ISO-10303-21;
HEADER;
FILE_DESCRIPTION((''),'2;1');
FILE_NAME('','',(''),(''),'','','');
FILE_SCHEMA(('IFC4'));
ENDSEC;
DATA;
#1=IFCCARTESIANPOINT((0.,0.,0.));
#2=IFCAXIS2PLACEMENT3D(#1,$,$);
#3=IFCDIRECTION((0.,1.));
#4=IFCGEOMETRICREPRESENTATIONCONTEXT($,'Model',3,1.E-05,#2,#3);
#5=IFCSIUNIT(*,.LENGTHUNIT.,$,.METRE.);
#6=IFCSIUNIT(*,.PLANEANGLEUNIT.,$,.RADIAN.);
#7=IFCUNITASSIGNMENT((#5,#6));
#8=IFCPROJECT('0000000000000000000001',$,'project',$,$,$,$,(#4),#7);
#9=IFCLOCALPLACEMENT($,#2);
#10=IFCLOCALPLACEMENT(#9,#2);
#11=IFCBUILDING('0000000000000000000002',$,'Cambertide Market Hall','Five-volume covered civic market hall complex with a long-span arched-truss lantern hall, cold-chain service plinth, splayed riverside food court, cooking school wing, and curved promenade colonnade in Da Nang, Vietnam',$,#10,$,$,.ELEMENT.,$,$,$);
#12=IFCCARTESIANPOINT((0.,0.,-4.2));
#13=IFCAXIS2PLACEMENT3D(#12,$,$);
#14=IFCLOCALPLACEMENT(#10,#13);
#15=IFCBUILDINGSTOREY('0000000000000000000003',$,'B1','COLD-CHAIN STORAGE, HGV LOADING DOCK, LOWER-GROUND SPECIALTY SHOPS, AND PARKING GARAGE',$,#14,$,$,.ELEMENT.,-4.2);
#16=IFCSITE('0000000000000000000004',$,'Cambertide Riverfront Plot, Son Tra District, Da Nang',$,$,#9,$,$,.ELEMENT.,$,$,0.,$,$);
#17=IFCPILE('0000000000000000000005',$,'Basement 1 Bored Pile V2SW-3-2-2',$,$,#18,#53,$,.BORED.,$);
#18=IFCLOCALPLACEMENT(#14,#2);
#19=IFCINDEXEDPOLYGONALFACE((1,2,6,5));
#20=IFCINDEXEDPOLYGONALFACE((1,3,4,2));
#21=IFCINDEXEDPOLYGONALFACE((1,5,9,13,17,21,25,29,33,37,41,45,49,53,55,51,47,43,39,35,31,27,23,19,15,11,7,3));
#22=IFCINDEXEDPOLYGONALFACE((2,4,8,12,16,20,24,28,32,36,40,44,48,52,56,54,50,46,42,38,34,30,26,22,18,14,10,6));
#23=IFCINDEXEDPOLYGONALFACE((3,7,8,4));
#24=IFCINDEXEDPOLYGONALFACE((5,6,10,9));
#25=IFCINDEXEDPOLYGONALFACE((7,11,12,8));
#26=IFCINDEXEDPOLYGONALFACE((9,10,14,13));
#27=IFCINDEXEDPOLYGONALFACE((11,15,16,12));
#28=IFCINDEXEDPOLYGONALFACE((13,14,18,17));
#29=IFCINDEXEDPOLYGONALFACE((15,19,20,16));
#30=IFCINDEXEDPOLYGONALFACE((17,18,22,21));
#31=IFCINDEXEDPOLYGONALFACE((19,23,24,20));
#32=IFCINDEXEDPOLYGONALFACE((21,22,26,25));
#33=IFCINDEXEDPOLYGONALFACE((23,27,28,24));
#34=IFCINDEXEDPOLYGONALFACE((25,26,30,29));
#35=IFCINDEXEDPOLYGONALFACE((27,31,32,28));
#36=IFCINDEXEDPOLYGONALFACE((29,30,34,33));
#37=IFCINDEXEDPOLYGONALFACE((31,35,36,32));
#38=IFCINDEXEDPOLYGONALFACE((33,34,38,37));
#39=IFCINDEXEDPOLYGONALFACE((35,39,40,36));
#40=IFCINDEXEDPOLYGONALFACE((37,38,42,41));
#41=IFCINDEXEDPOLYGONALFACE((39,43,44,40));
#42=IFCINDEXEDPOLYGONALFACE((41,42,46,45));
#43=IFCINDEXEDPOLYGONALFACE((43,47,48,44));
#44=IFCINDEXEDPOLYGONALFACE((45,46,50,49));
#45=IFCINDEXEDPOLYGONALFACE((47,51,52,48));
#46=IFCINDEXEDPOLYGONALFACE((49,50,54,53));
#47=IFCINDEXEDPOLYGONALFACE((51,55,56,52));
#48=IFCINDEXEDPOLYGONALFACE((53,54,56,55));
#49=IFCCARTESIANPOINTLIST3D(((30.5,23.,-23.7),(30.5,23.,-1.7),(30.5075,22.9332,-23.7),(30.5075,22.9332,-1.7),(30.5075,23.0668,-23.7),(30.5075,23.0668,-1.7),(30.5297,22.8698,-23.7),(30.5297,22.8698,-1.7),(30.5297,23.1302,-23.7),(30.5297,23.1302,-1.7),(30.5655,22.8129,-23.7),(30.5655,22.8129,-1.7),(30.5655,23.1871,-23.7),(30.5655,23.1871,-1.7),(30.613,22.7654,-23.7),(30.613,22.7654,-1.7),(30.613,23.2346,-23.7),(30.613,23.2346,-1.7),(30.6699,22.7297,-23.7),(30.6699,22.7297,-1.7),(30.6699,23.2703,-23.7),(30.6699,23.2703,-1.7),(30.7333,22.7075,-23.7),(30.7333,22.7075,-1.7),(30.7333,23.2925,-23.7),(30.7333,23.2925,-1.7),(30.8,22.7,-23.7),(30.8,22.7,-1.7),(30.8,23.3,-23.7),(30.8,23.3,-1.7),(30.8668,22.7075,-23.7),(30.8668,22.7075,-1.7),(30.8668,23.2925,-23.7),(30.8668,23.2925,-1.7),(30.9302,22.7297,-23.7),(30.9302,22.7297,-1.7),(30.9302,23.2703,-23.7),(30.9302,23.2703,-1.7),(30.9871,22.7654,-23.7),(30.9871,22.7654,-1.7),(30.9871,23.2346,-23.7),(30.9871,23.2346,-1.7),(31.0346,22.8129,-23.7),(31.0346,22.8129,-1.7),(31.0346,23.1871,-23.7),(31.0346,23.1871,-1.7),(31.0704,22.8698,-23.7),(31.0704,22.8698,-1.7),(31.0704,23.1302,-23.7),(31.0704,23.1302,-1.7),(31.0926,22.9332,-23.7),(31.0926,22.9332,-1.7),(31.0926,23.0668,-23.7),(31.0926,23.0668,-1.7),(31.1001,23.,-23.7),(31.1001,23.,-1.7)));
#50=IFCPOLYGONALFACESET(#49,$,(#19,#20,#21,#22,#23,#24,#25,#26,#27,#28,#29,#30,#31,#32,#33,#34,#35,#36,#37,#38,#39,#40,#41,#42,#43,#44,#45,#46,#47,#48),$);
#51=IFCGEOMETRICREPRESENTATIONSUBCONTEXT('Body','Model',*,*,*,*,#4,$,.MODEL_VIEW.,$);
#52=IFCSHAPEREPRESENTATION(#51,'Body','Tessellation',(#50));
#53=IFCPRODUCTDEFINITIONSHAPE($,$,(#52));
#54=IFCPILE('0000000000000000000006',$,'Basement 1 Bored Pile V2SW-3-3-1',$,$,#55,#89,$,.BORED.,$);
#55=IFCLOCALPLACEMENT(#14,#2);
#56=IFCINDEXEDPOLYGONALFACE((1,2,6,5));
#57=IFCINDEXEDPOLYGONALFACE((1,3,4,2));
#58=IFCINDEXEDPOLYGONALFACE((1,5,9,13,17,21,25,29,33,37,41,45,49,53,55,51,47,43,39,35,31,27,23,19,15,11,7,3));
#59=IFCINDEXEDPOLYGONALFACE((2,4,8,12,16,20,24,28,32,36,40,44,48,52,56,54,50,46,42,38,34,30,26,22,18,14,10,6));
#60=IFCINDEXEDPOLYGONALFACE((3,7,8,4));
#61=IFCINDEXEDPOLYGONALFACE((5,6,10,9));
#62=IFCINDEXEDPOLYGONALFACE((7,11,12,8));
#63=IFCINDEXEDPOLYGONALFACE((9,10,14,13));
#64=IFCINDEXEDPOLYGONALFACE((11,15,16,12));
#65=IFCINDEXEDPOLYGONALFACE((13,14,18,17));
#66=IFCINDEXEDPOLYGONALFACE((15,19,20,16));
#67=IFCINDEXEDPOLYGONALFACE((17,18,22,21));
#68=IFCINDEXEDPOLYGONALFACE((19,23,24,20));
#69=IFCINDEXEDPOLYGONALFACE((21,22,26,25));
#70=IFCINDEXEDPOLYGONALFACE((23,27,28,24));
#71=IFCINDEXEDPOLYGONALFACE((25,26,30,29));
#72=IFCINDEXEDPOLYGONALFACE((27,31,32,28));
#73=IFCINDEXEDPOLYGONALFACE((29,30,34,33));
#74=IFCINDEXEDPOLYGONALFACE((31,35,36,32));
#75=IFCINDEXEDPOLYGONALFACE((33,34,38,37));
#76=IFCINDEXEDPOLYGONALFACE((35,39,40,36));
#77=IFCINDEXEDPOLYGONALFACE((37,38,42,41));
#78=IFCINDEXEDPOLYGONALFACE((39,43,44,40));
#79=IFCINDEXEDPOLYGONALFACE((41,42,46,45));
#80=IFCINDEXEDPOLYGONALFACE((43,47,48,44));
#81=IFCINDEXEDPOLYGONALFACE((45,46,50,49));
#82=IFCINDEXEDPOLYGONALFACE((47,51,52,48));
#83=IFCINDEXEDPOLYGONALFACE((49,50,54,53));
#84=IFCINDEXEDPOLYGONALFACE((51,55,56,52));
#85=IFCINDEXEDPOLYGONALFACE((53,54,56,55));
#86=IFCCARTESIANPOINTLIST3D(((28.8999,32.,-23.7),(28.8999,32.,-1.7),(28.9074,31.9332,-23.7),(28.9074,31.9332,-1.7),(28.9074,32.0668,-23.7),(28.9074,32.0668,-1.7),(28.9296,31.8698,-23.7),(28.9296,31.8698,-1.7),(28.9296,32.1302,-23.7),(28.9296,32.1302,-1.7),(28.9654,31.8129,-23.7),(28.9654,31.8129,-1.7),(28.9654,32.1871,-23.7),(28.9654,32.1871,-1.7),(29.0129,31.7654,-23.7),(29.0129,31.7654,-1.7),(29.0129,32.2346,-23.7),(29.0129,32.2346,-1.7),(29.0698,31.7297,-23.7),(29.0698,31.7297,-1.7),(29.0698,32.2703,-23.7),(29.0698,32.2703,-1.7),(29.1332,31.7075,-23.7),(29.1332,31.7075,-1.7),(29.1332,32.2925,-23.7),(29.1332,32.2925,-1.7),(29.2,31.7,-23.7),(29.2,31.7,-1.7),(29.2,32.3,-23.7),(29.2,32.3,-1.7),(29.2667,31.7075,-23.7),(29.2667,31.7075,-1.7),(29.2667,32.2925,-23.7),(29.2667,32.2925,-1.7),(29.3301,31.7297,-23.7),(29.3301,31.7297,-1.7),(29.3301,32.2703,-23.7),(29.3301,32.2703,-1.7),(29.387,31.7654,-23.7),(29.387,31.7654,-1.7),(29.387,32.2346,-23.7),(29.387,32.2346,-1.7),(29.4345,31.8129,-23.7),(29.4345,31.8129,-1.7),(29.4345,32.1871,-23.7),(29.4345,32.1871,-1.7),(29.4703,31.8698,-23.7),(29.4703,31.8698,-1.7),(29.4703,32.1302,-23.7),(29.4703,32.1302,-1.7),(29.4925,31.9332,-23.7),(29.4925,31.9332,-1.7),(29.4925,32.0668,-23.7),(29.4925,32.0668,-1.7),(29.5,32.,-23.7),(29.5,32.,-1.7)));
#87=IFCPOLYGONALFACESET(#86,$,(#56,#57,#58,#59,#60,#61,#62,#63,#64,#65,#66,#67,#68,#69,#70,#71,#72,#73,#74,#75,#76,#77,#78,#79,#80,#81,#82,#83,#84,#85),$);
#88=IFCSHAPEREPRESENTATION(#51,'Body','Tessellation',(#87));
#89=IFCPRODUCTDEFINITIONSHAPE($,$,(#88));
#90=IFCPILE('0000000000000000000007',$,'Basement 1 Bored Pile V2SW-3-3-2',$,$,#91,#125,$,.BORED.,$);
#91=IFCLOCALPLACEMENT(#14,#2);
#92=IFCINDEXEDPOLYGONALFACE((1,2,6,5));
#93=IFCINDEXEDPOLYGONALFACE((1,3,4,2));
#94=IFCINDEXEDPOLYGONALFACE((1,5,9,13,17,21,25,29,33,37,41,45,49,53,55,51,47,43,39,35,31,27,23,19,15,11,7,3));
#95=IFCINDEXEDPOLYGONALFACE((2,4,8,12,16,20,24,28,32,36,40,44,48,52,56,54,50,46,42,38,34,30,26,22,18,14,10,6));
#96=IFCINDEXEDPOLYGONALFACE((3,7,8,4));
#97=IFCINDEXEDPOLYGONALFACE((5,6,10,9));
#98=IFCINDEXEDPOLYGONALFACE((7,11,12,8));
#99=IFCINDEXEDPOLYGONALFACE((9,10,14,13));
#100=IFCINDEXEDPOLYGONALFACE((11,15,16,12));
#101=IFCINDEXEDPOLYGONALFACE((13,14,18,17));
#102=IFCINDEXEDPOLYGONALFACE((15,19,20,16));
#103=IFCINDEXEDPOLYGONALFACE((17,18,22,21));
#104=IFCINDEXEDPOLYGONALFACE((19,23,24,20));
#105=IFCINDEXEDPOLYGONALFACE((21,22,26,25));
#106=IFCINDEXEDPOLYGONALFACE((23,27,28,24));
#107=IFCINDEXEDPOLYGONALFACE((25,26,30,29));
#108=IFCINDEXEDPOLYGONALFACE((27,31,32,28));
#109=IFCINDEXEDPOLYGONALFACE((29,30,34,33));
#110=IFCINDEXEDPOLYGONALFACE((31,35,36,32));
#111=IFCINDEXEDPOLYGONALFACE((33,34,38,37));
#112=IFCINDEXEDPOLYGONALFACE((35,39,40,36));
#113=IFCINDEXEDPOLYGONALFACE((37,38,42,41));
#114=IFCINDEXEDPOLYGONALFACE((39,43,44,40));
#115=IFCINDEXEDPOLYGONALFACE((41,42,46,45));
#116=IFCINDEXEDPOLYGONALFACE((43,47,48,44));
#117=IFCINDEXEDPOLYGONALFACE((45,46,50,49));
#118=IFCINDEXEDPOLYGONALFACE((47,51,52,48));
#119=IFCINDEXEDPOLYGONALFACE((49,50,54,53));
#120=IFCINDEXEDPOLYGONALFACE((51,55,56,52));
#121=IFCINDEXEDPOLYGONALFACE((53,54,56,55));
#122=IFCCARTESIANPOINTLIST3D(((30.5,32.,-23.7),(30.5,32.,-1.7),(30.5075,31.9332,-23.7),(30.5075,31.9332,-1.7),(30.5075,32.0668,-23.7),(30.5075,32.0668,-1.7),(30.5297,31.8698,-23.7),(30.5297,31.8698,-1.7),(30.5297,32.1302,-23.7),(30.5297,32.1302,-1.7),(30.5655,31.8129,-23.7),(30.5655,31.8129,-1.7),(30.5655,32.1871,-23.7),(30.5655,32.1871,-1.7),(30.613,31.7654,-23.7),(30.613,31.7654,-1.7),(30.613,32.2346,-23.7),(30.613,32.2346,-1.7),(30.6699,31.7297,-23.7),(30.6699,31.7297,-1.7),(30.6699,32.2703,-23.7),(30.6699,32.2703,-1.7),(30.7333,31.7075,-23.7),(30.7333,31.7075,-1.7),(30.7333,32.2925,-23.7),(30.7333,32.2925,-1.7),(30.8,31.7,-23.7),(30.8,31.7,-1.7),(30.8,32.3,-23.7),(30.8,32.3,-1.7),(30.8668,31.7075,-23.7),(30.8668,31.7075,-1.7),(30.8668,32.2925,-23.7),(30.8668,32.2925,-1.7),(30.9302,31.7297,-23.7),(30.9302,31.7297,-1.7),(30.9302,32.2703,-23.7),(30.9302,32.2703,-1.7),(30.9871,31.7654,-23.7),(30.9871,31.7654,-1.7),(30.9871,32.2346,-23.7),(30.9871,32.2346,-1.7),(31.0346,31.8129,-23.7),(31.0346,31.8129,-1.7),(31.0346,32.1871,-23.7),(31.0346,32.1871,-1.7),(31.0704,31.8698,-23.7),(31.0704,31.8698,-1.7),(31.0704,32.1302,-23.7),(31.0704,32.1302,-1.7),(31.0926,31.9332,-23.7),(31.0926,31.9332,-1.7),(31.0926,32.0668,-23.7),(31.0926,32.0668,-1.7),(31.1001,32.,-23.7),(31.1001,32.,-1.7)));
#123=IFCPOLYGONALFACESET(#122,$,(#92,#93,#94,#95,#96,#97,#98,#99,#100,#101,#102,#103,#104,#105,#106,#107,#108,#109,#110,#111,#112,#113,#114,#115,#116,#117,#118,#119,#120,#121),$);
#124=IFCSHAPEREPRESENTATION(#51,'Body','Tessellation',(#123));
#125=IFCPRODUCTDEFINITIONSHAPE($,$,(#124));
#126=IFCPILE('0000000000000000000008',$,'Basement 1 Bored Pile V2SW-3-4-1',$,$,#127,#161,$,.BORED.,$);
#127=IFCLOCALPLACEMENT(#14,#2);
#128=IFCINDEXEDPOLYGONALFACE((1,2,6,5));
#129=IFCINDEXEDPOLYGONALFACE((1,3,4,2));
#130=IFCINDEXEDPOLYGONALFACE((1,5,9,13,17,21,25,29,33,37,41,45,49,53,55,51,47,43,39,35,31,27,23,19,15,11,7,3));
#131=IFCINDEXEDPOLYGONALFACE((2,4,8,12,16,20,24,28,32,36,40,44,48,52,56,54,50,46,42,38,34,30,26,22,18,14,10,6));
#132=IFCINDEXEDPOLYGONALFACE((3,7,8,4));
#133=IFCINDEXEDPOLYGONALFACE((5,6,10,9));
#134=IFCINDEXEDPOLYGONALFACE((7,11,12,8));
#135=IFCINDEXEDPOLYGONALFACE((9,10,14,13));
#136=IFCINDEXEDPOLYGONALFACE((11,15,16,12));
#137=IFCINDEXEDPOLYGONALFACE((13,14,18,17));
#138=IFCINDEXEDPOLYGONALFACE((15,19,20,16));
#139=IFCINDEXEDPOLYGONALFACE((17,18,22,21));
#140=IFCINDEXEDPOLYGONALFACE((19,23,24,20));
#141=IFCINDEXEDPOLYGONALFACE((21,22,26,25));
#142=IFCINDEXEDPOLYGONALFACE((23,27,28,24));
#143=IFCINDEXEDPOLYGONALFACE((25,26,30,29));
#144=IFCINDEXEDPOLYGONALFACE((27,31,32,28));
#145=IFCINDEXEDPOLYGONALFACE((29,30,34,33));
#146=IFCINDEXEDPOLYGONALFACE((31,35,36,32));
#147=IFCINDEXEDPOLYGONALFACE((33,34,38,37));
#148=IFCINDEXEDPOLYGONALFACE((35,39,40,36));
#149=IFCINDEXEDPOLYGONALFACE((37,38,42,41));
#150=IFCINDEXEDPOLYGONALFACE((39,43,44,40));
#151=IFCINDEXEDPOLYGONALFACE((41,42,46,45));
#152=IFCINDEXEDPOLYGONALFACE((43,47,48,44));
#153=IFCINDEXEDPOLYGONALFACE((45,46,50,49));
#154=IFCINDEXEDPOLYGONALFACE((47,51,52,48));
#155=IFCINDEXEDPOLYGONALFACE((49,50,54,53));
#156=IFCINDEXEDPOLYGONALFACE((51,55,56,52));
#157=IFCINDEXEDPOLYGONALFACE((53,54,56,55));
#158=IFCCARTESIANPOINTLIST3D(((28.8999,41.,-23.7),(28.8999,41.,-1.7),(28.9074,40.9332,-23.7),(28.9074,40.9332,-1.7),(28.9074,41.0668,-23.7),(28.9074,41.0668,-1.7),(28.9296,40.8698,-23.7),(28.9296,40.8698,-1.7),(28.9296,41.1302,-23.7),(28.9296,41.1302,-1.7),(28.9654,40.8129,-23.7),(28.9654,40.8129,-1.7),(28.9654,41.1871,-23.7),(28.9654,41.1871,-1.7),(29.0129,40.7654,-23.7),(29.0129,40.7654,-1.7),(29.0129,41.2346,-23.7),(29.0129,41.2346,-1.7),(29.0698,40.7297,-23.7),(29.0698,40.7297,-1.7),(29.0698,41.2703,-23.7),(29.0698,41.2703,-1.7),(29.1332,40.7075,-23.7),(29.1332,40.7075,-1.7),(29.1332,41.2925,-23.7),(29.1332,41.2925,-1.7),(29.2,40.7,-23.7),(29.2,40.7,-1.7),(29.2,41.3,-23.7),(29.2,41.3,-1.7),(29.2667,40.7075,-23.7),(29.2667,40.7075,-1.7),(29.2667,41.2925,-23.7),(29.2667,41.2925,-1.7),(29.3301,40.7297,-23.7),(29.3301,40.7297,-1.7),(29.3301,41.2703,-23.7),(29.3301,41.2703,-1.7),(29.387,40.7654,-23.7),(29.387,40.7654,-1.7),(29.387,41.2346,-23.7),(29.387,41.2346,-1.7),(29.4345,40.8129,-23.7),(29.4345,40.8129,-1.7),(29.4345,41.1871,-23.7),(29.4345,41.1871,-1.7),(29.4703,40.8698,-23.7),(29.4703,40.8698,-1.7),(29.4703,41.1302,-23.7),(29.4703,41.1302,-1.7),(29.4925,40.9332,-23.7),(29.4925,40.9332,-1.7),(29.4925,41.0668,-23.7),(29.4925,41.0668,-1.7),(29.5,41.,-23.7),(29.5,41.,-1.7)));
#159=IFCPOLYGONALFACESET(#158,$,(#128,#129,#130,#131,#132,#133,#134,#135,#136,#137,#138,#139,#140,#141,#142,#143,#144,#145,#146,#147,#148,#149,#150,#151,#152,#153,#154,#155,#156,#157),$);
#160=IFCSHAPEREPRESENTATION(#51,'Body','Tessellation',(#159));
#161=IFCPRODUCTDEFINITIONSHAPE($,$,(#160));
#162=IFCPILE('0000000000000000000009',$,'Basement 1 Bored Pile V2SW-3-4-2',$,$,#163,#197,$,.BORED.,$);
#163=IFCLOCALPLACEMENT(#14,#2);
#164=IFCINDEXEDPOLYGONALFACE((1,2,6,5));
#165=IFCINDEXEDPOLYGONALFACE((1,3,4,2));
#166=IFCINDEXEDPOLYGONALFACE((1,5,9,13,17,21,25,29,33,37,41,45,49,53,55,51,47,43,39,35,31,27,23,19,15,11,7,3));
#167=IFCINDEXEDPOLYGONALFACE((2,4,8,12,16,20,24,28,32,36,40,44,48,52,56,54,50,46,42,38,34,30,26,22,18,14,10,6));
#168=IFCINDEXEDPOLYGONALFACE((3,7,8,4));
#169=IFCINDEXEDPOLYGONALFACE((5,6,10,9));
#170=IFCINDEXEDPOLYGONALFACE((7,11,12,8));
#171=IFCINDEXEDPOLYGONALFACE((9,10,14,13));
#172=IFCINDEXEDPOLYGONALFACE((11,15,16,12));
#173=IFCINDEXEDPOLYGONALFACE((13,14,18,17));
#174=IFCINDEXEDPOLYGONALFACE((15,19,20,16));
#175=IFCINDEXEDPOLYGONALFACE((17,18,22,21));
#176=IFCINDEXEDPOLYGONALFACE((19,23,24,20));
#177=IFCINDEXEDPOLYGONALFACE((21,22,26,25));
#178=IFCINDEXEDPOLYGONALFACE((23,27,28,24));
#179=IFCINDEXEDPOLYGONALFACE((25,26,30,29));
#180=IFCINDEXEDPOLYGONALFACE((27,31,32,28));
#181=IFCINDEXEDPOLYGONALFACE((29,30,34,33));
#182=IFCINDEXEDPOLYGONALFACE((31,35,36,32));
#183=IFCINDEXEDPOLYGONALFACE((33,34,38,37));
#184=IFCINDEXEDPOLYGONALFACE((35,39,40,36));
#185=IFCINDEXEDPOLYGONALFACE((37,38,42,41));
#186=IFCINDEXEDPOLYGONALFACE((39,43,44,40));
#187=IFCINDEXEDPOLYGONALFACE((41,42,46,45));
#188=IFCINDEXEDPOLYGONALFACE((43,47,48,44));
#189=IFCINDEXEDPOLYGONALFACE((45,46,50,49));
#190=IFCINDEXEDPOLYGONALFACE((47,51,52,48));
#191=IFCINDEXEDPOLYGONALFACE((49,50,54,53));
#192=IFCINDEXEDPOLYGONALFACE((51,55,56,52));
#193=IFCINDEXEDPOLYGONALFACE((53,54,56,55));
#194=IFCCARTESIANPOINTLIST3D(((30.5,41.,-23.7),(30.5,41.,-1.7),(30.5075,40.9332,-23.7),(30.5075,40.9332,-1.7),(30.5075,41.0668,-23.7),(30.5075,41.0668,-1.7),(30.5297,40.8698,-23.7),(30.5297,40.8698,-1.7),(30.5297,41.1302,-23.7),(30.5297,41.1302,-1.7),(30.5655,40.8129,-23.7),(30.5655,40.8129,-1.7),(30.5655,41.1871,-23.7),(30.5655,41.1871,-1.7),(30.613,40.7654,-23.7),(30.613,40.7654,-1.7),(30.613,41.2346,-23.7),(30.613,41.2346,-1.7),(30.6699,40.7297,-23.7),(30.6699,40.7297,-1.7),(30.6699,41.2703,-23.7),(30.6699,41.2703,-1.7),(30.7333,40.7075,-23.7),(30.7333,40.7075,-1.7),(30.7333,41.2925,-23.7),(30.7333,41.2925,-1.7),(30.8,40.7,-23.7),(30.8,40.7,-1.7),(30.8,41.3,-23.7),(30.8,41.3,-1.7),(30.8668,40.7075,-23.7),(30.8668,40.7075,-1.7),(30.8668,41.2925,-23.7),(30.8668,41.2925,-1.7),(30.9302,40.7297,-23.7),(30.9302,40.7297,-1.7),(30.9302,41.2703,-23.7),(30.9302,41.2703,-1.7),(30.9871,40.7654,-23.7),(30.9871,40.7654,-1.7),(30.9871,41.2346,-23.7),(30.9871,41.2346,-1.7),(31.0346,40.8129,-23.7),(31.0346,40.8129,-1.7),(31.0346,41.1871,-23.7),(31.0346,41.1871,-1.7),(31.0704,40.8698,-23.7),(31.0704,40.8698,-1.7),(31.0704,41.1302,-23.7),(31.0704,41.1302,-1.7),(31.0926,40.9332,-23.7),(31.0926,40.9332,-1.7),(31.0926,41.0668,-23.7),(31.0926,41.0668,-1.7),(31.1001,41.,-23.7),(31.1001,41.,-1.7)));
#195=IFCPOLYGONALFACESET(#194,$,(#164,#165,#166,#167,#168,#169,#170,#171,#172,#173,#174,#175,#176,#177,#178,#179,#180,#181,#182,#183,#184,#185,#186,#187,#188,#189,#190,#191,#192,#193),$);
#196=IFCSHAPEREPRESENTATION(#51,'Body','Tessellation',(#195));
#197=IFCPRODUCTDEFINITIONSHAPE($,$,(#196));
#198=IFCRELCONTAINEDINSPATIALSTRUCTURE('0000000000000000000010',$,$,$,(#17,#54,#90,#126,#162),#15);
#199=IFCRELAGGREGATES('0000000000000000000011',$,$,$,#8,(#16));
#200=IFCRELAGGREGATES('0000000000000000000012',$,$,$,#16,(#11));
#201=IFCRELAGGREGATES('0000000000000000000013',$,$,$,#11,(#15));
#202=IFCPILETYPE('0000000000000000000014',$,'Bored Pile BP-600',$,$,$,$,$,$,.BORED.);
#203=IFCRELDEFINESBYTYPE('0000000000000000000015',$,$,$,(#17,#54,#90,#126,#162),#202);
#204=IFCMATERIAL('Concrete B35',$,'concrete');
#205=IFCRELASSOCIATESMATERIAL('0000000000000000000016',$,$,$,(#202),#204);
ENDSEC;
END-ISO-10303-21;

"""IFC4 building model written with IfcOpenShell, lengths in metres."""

from ifc_helpers import new_model, si_unit, direction, frame, origin, origin_2d, place, context, subcontext, project, spatial, circle, extrude, material, material_profile, profile_set, type_object, element, save


model = new_model("IFC4")

# Units and contexts
model_context = context("Model", 3, precision=1e-05, world=origin(), true_north=direction((0.0, 1.0)))
body_context = subcontext(model_context, "Body", "Model", "MODEL_VIEW")
ifc_project = project(units=[si_unit("LENGTHUNIT", "METRE"), si_unit("PLANEANGLEUNIT", "RADIAN")], contexts=[model_context])

# Site, building, storey
site_placement = place(None, origin())
site = spatial("IfcSite", under=ifc_project, at=site_placement, Name="Cambertide Riverfront Plot, Son Tra District, Da Nang", CompositionType="ELEMENT", RefElevation=0.0)
building_placement = place(site_placement, origin())
building = spatial("IfcBuilding", under=site, at=building_placement, Name="Cambertide Market Hall", Description="Five-volume covered civic market hall complex with a long-span arched-truss lantern hall, cold-chain service plinth, splayed riverside food court, cooking school wing, and curved promenade colonnade in Da Nang, Vietnam", CompositionType="ELEMENT")
storey_placement = place(building_placement, frame((0.0, 0.0, -4.2)))
storey = spatial("IfcBuildingStorey", under=building, at=storey_placement, Name="B1", Description="COLD-CHAIN STORAGE, HGV LOADING DOCK, LOWER-GROUND SPECIALTY SHOPS, AND PARKING GARAGE", CompositionType="ELEMENT", Elevation=-4.2)

# Piles
ifc_material_1 = material(Name="Concrete B35", Category="concrete")
ifc_material_profile_1 = material_profile(ifc_material_1, circle(Radius=0.3, at=origin_2d()), Name="BP D600")
ifc_profile_set_1 = profile_set([ifc_material_profile_1], Name="Concrete B35")
pile_type_1 = type_object("IfcPileType", Name="Bored Pile BP-600", PredefinedType="BORED", material=ifc_profile_set_1)
for number, where, z_axis, x_axis, name in (
    (1, (30.8, 23.0, -1.7), (0.0, 0.0, -1.0), (1.0, 0.0, 0.0), "Basement 1 Bored Pile V2SW-3-2-2"),
    (2, (29.2, 32.0, -1.7), (0.0, 0.0, -1.0), (1.0, 0.0, 0.0), "Basement 1 Bored Pile V2SW-3-3-1"),
    (3, (30.8, 32.0, -1.7), (0.0, 0.0, -1.0), (1.0, 0.0, 0.0), "Basement 1 Bored Pile V2SW-3-3-2"),
    (4, (29.2, 41.0, -1.7), (0.0, 0.0, -1.0), (1.0, 0.0, 0.0), "Basement 1 Bored Pile V2SW-3-4-1"),
    (5, (30.8, 41.0, -1.7), (0.0, 0.0, -1.0), (1.0, 0.0, 0.0), "Basement 1 Bored Pile V2SW-3-4-2"),
):
    element("IfcPile", number, at=place(storey_placement, frame(where, z_axis=z_axis, x_axis=x_axis)), inside=storey, type_object=pile_type_1, Name=name, PredefinedType="BORED", context=body_context, shape_type="SweptSolid", body=[
        extrude(circle(Radius=0.3, at=origin_2d()), origin(), (0.0, 0.0, 1.0), 22.0),
    ])

save(model, "model.ifc")
